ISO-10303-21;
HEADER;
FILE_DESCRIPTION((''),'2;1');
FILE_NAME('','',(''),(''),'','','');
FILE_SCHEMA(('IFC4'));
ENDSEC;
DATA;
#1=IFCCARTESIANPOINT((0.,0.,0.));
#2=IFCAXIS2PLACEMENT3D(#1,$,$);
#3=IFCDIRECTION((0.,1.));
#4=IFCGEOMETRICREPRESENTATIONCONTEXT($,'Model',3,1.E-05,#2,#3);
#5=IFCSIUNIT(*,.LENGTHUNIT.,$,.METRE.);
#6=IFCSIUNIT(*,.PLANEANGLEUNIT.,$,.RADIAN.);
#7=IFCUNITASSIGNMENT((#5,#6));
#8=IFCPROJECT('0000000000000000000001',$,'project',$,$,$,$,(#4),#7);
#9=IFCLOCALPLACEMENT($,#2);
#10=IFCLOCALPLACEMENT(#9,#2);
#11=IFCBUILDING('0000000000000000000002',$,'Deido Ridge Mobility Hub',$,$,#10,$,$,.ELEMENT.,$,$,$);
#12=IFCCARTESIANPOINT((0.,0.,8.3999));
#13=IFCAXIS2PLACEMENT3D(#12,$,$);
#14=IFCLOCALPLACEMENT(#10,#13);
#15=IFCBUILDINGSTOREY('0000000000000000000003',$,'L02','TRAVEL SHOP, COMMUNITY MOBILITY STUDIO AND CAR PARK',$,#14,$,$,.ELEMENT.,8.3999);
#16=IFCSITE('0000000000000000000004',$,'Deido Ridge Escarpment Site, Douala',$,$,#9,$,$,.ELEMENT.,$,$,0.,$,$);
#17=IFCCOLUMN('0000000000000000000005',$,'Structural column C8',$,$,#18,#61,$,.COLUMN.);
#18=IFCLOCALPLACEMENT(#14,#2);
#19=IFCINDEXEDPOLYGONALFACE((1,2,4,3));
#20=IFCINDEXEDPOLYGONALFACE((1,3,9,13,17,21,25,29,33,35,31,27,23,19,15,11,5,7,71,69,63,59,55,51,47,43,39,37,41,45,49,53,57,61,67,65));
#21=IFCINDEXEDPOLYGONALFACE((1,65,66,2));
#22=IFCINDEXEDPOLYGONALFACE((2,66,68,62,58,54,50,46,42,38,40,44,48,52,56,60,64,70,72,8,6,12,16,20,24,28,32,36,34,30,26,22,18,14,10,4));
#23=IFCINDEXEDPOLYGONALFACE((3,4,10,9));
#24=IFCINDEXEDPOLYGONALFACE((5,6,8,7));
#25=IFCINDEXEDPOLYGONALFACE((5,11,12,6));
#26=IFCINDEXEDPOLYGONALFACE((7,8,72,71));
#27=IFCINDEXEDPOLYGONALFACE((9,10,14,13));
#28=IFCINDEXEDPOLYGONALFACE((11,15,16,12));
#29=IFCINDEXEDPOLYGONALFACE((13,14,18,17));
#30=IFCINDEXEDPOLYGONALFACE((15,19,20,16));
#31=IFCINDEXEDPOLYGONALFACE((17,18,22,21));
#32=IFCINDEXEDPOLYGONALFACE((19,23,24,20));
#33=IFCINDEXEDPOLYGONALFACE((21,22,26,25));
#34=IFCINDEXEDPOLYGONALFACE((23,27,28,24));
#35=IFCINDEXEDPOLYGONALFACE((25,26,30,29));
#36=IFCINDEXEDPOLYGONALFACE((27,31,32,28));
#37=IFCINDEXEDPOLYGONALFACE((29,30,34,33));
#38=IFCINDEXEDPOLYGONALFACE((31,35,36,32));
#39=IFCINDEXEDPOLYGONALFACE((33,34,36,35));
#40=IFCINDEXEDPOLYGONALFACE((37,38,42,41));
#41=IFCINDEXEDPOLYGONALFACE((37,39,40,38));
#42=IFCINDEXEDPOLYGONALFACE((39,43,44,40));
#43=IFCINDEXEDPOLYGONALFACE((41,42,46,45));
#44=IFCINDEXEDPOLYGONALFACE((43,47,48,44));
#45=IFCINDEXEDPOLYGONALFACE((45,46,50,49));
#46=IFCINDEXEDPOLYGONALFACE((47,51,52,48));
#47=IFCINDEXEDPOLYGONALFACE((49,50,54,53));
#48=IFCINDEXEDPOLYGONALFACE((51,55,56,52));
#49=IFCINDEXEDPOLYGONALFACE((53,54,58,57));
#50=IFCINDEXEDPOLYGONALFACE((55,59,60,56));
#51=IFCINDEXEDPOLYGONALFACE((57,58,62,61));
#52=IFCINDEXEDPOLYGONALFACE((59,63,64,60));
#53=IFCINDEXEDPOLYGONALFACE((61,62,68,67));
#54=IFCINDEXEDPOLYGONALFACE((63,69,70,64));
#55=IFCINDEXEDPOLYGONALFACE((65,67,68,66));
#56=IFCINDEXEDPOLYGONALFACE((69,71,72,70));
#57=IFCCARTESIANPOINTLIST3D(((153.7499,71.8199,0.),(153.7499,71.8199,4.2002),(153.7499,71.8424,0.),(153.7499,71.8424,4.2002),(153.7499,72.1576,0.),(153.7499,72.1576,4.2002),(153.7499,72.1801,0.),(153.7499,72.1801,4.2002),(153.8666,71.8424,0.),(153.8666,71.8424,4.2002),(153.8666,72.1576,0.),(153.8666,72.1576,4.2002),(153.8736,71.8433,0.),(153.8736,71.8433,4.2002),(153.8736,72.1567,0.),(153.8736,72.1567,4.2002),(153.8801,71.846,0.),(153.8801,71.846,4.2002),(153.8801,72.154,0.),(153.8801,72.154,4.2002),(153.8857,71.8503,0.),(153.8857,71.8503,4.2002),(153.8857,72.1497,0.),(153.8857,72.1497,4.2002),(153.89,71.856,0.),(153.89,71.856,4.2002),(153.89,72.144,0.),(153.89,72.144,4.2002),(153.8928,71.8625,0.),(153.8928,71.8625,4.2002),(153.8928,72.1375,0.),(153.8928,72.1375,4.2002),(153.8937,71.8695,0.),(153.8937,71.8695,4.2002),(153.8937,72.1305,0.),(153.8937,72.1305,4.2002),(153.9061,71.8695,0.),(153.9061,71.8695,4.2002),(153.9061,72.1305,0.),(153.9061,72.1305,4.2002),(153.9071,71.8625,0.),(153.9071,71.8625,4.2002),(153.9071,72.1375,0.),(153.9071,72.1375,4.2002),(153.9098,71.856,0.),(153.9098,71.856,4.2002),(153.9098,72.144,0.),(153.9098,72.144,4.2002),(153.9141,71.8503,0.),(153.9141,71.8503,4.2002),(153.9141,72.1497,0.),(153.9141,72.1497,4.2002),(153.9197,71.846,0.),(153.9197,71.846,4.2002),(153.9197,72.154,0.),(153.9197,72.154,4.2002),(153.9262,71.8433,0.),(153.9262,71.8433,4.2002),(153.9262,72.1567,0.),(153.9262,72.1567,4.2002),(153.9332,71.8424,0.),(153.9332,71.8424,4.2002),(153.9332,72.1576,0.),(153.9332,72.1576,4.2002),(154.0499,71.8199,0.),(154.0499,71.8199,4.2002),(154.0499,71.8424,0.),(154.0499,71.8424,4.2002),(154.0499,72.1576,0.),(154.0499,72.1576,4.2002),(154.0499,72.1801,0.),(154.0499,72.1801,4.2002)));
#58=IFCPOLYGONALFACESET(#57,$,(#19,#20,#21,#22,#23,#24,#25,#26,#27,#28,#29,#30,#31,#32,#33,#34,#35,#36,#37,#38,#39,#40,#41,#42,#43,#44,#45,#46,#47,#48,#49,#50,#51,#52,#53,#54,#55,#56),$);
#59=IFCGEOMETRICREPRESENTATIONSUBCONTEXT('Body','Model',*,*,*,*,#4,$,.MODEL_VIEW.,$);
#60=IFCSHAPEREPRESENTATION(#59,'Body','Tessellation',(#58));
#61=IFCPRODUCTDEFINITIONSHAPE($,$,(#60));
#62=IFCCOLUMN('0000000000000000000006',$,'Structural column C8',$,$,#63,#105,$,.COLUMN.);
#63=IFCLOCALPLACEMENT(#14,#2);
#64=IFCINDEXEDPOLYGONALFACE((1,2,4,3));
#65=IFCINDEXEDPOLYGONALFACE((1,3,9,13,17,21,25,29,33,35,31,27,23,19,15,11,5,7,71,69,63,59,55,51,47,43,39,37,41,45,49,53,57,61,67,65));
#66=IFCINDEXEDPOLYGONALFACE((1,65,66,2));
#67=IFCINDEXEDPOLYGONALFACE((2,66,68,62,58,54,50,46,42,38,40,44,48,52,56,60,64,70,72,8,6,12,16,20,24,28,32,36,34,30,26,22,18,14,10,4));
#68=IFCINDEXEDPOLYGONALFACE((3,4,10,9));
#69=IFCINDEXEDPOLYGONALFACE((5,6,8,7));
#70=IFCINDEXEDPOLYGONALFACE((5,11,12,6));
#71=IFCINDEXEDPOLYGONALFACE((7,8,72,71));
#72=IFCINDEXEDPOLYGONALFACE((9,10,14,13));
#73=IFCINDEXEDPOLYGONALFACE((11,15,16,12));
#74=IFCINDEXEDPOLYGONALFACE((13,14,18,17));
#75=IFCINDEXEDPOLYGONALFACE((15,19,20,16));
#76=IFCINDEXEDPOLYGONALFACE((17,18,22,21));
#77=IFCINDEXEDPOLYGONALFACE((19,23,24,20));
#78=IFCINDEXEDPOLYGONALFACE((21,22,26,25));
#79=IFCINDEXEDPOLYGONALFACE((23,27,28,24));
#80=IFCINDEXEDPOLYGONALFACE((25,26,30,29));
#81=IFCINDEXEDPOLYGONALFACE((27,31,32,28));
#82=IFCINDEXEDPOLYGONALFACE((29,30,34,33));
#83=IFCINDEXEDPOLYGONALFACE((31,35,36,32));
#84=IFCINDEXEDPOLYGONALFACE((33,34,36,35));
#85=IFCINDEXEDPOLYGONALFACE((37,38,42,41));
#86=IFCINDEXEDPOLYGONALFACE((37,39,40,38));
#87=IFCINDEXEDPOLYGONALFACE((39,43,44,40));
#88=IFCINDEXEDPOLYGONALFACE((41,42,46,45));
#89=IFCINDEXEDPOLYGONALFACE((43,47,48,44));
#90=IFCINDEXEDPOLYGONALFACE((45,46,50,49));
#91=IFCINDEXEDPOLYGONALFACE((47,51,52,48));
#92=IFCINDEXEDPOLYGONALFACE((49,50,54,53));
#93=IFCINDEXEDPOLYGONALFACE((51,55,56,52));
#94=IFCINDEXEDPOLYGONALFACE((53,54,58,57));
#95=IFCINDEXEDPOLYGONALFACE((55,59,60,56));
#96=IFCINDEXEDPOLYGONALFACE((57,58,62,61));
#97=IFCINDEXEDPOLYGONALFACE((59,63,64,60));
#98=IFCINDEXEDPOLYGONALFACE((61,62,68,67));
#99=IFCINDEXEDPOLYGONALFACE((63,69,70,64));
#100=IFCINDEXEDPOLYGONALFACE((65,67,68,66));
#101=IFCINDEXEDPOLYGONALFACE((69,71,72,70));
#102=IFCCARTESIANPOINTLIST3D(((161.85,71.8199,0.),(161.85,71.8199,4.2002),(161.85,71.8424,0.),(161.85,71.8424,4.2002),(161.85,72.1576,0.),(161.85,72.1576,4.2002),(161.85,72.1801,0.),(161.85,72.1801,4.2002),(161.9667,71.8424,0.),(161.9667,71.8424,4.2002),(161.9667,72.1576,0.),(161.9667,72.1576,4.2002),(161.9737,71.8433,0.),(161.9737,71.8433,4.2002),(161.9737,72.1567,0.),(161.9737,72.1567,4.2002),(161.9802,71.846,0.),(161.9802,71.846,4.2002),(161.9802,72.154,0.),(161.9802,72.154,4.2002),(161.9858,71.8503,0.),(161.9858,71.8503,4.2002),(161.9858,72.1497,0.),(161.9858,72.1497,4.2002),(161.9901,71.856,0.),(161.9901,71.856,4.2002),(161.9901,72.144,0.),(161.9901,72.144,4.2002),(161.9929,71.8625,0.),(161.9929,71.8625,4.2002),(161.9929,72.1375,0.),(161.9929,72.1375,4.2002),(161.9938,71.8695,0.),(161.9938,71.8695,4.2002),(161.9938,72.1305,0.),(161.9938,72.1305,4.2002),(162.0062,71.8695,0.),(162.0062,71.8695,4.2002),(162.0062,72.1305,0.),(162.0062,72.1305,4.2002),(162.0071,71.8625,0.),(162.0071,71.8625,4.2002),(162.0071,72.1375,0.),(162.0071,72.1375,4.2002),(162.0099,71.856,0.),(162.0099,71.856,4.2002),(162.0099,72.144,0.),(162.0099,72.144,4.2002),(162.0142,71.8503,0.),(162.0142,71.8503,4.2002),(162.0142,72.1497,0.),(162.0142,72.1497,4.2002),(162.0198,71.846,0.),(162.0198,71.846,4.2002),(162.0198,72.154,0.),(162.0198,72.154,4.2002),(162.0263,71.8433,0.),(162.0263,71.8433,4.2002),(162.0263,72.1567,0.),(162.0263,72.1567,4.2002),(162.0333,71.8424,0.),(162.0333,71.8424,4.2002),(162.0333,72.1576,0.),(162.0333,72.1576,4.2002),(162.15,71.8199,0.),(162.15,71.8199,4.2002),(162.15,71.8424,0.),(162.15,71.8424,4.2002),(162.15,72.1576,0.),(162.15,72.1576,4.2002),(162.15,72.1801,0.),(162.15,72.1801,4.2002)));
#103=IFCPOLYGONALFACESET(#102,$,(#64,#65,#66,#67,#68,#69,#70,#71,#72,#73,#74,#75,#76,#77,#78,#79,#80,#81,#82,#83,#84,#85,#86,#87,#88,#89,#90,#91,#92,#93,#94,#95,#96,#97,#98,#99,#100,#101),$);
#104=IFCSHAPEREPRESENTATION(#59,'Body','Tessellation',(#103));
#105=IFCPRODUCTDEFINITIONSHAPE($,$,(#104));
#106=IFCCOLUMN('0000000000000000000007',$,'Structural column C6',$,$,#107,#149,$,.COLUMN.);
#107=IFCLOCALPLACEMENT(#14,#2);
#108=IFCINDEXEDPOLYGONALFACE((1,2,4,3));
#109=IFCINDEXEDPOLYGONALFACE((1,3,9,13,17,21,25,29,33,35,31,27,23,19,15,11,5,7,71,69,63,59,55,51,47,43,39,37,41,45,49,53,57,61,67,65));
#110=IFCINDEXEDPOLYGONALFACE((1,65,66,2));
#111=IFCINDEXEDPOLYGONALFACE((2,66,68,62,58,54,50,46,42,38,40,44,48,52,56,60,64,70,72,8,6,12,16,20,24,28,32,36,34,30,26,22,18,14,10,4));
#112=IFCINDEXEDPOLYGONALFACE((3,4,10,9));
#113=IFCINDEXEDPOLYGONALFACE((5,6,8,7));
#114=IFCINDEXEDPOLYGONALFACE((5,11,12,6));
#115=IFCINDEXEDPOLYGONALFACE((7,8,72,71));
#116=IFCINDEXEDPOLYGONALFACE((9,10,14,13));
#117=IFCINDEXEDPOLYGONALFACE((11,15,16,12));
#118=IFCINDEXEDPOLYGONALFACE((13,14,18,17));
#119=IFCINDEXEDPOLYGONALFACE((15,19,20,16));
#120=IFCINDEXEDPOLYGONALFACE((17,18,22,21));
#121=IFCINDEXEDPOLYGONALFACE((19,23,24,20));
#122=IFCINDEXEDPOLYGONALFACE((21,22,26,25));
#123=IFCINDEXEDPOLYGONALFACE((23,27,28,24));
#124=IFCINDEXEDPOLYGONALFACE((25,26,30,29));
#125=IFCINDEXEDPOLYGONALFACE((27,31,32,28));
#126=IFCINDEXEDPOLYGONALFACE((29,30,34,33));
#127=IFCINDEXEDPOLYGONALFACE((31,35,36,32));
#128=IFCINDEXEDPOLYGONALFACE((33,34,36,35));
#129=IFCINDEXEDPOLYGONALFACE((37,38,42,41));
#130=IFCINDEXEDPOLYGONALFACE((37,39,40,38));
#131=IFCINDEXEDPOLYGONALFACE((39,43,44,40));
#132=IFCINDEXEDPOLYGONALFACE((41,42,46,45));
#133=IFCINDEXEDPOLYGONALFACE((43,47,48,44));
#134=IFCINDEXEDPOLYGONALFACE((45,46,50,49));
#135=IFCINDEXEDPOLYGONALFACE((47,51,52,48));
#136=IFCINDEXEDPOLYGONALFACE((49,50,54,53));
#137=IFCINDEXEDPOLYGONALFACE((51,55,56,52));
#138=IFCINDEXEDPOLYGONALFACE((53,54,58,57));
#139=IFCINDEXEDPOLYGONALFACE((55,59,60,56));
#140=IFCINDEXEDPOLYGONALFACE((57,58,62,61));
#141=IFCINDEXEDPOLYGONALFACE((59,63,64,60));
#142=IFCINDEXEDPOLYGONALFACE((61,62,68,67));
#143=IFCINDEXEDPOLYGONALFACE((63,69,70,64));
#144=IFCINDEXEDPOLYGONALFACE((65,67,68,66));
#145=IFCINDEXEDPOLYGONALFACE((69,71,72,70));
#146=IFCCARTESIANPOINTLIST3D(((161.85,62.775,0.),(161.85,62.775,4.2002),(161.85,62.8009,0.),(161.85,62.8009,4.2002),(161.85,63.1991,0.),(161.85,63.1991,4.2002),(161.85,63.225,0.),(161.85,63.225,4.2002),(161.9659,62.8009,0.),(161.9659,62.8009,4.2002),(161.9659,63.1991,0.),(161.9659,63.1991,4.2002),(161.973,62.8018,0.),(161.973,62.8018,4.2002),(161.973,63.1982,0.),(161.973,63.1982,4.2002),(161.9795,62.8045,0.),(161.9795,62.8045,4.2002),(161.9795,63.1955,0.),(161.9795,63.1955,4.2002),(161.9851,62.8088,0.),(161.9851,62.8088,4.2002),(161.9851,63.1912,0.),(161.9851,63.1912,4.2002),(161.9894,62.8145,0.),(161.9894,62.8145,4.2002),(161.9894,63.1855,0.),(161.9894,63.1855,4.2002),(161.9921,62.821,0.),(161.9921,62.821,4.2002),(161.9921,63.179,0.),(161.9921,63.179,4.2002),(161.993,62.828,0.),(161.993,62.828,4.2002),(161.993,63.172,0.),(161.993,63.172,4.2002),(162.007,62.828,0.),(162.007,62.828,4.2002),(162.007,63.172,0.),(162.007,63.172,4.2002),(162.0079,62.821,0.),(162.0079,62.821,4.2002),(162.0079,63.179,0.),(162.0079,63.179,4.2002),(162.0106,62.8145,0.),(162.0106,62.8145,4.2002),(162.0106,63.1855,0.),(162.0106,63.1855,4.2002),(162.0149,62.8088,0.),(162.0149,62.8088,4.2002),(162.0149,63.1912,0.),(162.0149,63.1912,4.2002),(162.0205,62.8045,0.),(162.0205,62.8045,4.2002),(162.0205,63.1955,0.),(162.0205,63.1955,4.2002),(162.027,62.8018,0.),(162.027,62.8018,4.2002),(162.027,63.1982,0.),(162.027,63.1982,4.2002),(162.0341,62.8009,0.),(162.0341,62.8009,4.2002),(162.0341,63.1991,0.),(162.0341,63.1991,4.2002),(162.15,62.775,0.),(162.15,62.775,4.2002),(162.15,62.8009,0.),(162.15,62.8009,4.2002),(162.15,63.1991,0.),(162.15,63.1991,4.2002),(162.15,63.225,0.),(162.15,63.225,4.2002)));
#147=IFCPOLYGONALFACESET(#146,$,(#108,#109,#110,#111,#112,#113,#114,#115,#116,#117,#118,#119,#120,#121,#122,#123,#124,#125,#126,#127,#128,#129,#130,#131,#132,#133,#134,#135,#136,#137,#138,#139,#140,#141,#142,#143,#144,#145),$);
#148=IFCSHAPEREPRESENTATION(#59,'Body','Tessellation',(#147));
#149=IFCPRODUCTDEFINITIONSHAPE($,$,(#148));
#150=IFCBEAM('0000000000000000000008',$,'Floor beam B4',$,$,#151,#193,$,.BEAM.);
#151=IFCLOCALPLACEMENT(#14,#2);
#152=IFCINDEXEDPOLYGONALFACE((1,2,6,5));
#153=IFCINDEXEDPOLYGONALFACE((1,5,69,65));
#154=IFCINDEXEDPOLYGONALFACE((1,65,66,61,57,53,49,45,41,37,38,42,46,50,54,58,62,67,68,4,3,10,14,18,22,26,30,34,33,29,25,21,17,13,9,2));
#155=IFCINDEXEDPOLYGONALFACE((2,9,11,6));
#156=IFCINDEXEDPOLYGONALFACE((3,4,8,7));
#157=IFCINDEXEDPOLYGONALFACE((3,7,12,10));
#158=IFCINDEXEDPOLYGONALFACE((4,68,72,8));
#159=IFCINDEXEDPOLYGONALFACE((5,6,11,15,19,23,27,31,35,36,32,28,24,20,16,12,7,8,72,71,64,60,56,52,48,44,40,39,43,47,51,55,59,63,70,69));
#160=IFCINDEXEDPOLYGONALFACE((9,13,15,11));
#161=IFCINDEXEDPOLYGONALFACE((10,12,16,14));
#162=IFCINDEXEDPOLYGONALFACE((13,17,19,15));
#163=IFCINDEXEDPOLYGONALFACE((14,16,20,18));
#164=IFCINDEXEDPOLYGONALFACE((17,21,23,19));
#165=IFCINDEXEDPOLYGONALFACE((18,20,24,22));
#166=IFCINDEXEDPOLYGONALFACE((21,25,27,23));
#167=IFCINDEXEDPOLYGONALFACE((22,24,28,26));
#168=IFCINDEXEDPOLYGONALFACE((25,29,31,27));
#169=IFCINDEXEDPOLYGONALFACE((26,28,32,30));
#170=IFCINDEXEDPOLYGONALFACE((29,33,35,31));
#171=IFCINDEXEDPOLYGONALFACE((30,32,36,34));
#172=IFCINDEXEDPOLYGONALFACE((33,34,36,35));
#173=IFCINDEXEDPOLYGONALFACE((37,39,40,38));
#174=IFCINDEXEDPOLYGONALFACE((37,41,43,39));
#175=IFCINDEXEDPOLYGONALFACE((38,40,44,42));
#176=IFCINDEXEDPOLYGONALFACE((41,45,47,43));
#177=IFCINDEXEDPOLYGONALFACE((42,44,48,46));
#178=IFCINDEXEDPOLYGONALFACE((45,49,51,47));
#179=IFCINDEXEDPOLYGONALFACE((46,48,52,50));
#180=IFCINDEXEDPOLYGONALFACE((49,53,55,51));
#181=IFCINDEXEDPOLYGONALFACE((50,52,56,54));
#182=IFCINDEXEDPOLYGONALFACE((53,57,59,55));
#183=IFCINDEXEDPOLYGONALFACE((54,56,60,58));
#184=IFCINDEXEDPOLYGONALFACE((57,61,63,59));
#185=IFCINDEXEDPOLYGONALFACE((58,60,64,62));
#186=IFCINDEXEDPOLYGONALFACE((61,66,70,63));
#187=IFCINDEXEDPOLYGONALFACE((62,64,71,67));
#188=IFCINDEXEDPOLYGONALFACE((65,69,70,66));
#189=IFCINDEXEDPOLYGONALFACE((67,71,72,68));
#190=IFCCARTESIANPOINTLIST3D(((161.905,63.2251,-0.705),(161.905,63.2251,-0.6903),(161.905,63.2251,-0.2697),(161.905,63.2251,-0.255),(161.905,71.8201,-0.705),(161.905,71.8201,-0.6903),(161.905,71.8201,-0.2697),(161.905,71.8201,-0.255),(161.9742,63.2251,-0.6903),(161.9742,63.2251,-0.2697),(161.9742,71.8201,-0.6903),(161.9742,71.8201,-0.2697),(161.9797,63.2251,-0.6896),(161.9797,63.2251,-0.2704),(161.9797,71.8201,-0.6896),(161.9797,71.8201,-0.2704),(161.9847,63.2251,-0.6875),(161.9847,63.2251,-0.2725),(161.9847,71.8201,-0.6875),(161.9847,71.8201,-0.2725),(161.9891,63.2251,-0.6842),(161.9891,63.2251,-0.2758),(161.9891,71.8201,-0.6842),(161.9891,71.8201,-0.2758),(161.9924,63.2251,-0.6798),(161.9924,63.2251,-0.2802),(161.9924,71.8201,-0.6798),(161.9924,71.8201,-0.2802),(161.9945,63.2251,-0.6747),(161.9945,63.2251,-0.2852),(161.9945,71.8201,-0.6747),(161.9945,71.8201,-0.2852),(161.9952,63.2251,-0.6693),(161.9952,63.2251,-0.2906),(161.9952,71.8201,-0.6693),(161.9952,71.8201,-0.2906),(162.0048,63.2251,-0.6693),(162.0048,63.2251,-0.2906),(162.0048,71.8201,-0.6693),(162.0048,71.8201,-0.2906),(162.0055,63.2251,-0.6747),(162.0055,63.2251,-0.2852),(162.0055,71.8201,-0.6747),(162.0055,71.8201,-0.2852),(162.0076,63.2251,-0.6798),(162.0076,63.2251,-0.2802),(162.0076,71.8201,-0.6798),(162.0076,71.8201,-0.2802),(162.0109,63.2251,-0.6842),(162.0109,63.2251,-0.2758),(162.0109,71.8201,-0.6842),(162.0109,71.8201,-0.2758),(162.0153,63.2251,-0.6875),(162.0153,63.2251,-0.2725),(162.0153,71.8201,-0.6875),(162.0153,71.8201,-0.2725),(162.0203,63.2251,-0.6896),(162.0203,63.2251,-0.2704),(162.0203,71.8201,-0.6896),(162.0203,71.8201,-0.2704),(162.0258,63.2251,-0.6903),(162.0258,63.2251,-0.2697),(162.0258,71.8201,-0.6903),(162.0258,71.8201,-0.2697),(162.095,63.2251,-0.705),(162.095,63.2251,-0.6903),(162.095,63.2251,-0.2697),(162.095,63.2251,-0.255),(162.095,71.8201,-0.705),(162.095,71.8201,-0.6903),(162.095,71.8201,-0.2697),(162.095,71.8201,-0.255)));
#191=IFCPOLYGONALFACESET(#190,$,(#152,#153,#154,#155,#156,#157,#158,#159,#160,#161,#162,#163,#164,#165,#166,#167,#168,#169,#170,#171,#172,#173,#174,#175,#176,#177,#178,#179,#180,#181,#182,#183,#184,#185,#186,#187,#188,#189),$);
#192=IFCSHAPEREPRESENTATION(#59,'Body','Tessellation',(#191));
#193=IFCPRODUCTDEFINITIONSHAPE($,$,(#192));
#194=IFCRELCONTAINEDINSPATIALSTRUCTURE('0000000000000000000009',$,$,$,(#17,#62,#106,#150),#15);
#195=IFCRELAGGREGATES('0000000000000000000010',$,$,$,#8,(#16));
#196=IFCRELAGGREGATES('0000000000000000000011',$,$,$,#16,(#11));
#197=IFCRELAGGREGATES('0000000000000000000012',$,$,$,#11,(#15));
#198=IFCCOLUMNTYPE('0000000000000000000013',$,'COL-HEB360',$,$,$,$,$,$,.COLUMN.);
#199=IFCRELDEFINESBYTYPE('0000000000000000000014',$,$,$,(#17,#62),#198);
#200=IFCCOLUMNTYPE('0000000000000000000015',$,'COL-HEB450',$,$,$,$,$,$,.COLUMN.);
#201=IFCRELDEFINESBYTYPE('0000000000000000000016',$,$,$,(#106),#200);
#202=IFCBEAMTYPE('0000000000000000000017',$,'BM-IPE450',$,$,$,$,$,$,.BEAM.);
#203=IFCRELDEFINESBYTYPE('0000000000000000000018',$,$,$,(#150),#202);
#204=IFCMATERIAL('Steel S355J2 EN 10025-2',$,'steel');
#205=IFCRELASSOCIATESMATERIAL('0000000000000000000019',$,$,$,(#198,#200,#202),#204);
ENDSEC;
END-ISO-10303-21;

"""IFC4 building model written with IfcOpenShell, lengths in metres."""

from ifc_helpers import new_model, si_unit, direction, frame, origin, origin_2d, place, context, subcontext, project, spatial, i_section, extrude, material, material_profile, profile_set, type_object, element, save


model = new_model("IFC4")

# Units and contexts
model_context = context("Model", 3, precision=1e-05, world=origin(), true_north=direction((0.0, 1.0)))
body_context = subcontext(model_context, "Body", "Model", "MODEL_VIEW")
ifc_project = project(units=[si_unit("LENGTHUNIT", "METRE"), si_unit("PLANEANGLEUNIT", "RADIAN")], contexts=[model_context])

# Site, building, storey
site_placement = place(None, origin())
site = spatial("IfcSite", under=ifc_project, at=site_placement, Name="Deido Ridge Escarpment Site, Douala", CompositionType="ELEMENT", RefElevation=0.0)
building_placement = place(site_placement, origin())
building = spatial("IfcBuilding", under=site, at=building_placement, Name="Deido Ridge Mobility Hub", CompositionType="ELEMENT")
storey_placement = place(building_placement, frame((0.0, 0.0, 8.3999)))
storey = spatial("IfcBuildingStorey", under=building, at=storey_placement, Name="L02", Description="TRAVEL SHOP, COMMUNITY MOBILITY STUDIO AND CAR PARK", CompositionType="ELEMENT", Elevation=8.3999)

# Columns
ifc_material_1 = material(Name="Steel S355J2 EN 10025-2", Category="steel")
ifc_material_profile_1 = material_profile(ifc_material_1, i_section(OverallWidth=0.3, OverallDepth=0.3601, WebThickness=0.0125, FlangeThickness=0.0225, FilletRadius=0.0271, at=origin_2d()), Name="HEB 360")
ifc_profile_set_1 = profile_set([ifc_material_profile_1], Name="Steel S355J2 EN 10025-2")
column_type_1 = type_object("IfcColumnType", Name="COL-HEB360", PredefinedType="COLUMN", material=ifc_profile_set_1)
for number, where, z_axis, x_axis, name in (
    (1, (153.8999, 72.0, 0.0), (0.0, 0.0, 1.0), (1.0, 0.0, 0.0), "Structural column C8"),
    (2, (162.0, 72.0, 0.0), (0.0, 0.0, 1.0), (1.0, 0.0, 0.0), "Structural column C8"),
):
    element("IfcColumn", number, at=place(storey_placement, frame(where, z_axis=z_axis, x_axis=x_axis)), inside=storey, type_object=column_type_1, Name=name, PredefinedType="COLUMN", context=body_context, shape_type="SweptSolid", body=[
        extrude(i_section(OverallWidth=0.3, OverallDepth=0.3601, WebThickness=0.0125, FlangeThickness=0.0225, FilletRadius=0.0271, at=origin_2d()), origin(), (0.0, 0.0, 1.0), 4.2002),
    ])
ifc_material_profile_2 = material_profile(ifc_material_1, i_section(OverallWidth=0.3, OverallDepth=0.45, WebThickness=0.0139, FlangeThickness=0.0259, FilletRadius=0.0271, at=origin_2d()), Name="HEB 450")
ifc_profile_set_2 = profile_set([ifc_material_profile_2], Name="Steel S355J2 EN 10025-2")
column_type_2 = type_object("IfcColumnType", Name="COL-HEB450", PredefinedType="COLUMN", material=ifc_profile_set_2)
column_placement = place(storey_placement, frame((162.0, 63.0, 0.0), z_axis=(0.0, 0.0, 1.0), x_axis=(1.0, 0.0, 0.0)))
element("IfcColumn", 3, at=column_placement, inside=storey, type_object=column_type_2, Name="Structural column C6", PredefinedType="COLUMN", context=body_context, shape_type="SweptSolid", body=[
    extrude(i_section(OverallWidth=0.3, OverallDepth=0.45, WebThickness=0.0139, FlangeThickness=0.0259, FilletRadius=0.0271, at=origin_2d()), origin(), (0.0, 0.0, 1.0), 4.2002),
])

# Beam
ifc_material_profile_3 = material_profile(ifc_material_1, i_section(OverallWidth=0.1899, OverallDepth=0.45, WebThickness=0.0095, FlangeThickness=0.0146, FilletRadius=0.021, at=origin_2d()), Name="IPE 450")
ifc_profile_set_3 = profile_set([ifc_material_profile_3], Name="Steel S355J2 EN 10025-2")
beam_type_1 = type_object("IfcBeamType", Name="BM-IPE450", PredefinedType="BEAM", material=ifc_profile_set_3)
beam_1_placement = place(storey_placement, frame((162.0, 63.2251, -0.48), z_axis=(0.0, 1.0, 0.0), x_axis=(-1.0, 0.0, 0.0)))
element("IfcBeam", 4, at=beam_1_placement, inside=storey, type_object=beam_type_1, Name="Floor beam B4", PredefinedType="BEAM", context=body_context, shape_type="SweptSolid", body=[
    extrude(i_section(OverallWidth=0.1899, OverallDepth=0.45, WebThickness=0.0095, FlangeThickness=0.0146, FilletRadius=0.021, at=origin_2d()), origin(), (0.0, 0.0, 1.0), 8.595),
])

save(model, "model.ifc")
